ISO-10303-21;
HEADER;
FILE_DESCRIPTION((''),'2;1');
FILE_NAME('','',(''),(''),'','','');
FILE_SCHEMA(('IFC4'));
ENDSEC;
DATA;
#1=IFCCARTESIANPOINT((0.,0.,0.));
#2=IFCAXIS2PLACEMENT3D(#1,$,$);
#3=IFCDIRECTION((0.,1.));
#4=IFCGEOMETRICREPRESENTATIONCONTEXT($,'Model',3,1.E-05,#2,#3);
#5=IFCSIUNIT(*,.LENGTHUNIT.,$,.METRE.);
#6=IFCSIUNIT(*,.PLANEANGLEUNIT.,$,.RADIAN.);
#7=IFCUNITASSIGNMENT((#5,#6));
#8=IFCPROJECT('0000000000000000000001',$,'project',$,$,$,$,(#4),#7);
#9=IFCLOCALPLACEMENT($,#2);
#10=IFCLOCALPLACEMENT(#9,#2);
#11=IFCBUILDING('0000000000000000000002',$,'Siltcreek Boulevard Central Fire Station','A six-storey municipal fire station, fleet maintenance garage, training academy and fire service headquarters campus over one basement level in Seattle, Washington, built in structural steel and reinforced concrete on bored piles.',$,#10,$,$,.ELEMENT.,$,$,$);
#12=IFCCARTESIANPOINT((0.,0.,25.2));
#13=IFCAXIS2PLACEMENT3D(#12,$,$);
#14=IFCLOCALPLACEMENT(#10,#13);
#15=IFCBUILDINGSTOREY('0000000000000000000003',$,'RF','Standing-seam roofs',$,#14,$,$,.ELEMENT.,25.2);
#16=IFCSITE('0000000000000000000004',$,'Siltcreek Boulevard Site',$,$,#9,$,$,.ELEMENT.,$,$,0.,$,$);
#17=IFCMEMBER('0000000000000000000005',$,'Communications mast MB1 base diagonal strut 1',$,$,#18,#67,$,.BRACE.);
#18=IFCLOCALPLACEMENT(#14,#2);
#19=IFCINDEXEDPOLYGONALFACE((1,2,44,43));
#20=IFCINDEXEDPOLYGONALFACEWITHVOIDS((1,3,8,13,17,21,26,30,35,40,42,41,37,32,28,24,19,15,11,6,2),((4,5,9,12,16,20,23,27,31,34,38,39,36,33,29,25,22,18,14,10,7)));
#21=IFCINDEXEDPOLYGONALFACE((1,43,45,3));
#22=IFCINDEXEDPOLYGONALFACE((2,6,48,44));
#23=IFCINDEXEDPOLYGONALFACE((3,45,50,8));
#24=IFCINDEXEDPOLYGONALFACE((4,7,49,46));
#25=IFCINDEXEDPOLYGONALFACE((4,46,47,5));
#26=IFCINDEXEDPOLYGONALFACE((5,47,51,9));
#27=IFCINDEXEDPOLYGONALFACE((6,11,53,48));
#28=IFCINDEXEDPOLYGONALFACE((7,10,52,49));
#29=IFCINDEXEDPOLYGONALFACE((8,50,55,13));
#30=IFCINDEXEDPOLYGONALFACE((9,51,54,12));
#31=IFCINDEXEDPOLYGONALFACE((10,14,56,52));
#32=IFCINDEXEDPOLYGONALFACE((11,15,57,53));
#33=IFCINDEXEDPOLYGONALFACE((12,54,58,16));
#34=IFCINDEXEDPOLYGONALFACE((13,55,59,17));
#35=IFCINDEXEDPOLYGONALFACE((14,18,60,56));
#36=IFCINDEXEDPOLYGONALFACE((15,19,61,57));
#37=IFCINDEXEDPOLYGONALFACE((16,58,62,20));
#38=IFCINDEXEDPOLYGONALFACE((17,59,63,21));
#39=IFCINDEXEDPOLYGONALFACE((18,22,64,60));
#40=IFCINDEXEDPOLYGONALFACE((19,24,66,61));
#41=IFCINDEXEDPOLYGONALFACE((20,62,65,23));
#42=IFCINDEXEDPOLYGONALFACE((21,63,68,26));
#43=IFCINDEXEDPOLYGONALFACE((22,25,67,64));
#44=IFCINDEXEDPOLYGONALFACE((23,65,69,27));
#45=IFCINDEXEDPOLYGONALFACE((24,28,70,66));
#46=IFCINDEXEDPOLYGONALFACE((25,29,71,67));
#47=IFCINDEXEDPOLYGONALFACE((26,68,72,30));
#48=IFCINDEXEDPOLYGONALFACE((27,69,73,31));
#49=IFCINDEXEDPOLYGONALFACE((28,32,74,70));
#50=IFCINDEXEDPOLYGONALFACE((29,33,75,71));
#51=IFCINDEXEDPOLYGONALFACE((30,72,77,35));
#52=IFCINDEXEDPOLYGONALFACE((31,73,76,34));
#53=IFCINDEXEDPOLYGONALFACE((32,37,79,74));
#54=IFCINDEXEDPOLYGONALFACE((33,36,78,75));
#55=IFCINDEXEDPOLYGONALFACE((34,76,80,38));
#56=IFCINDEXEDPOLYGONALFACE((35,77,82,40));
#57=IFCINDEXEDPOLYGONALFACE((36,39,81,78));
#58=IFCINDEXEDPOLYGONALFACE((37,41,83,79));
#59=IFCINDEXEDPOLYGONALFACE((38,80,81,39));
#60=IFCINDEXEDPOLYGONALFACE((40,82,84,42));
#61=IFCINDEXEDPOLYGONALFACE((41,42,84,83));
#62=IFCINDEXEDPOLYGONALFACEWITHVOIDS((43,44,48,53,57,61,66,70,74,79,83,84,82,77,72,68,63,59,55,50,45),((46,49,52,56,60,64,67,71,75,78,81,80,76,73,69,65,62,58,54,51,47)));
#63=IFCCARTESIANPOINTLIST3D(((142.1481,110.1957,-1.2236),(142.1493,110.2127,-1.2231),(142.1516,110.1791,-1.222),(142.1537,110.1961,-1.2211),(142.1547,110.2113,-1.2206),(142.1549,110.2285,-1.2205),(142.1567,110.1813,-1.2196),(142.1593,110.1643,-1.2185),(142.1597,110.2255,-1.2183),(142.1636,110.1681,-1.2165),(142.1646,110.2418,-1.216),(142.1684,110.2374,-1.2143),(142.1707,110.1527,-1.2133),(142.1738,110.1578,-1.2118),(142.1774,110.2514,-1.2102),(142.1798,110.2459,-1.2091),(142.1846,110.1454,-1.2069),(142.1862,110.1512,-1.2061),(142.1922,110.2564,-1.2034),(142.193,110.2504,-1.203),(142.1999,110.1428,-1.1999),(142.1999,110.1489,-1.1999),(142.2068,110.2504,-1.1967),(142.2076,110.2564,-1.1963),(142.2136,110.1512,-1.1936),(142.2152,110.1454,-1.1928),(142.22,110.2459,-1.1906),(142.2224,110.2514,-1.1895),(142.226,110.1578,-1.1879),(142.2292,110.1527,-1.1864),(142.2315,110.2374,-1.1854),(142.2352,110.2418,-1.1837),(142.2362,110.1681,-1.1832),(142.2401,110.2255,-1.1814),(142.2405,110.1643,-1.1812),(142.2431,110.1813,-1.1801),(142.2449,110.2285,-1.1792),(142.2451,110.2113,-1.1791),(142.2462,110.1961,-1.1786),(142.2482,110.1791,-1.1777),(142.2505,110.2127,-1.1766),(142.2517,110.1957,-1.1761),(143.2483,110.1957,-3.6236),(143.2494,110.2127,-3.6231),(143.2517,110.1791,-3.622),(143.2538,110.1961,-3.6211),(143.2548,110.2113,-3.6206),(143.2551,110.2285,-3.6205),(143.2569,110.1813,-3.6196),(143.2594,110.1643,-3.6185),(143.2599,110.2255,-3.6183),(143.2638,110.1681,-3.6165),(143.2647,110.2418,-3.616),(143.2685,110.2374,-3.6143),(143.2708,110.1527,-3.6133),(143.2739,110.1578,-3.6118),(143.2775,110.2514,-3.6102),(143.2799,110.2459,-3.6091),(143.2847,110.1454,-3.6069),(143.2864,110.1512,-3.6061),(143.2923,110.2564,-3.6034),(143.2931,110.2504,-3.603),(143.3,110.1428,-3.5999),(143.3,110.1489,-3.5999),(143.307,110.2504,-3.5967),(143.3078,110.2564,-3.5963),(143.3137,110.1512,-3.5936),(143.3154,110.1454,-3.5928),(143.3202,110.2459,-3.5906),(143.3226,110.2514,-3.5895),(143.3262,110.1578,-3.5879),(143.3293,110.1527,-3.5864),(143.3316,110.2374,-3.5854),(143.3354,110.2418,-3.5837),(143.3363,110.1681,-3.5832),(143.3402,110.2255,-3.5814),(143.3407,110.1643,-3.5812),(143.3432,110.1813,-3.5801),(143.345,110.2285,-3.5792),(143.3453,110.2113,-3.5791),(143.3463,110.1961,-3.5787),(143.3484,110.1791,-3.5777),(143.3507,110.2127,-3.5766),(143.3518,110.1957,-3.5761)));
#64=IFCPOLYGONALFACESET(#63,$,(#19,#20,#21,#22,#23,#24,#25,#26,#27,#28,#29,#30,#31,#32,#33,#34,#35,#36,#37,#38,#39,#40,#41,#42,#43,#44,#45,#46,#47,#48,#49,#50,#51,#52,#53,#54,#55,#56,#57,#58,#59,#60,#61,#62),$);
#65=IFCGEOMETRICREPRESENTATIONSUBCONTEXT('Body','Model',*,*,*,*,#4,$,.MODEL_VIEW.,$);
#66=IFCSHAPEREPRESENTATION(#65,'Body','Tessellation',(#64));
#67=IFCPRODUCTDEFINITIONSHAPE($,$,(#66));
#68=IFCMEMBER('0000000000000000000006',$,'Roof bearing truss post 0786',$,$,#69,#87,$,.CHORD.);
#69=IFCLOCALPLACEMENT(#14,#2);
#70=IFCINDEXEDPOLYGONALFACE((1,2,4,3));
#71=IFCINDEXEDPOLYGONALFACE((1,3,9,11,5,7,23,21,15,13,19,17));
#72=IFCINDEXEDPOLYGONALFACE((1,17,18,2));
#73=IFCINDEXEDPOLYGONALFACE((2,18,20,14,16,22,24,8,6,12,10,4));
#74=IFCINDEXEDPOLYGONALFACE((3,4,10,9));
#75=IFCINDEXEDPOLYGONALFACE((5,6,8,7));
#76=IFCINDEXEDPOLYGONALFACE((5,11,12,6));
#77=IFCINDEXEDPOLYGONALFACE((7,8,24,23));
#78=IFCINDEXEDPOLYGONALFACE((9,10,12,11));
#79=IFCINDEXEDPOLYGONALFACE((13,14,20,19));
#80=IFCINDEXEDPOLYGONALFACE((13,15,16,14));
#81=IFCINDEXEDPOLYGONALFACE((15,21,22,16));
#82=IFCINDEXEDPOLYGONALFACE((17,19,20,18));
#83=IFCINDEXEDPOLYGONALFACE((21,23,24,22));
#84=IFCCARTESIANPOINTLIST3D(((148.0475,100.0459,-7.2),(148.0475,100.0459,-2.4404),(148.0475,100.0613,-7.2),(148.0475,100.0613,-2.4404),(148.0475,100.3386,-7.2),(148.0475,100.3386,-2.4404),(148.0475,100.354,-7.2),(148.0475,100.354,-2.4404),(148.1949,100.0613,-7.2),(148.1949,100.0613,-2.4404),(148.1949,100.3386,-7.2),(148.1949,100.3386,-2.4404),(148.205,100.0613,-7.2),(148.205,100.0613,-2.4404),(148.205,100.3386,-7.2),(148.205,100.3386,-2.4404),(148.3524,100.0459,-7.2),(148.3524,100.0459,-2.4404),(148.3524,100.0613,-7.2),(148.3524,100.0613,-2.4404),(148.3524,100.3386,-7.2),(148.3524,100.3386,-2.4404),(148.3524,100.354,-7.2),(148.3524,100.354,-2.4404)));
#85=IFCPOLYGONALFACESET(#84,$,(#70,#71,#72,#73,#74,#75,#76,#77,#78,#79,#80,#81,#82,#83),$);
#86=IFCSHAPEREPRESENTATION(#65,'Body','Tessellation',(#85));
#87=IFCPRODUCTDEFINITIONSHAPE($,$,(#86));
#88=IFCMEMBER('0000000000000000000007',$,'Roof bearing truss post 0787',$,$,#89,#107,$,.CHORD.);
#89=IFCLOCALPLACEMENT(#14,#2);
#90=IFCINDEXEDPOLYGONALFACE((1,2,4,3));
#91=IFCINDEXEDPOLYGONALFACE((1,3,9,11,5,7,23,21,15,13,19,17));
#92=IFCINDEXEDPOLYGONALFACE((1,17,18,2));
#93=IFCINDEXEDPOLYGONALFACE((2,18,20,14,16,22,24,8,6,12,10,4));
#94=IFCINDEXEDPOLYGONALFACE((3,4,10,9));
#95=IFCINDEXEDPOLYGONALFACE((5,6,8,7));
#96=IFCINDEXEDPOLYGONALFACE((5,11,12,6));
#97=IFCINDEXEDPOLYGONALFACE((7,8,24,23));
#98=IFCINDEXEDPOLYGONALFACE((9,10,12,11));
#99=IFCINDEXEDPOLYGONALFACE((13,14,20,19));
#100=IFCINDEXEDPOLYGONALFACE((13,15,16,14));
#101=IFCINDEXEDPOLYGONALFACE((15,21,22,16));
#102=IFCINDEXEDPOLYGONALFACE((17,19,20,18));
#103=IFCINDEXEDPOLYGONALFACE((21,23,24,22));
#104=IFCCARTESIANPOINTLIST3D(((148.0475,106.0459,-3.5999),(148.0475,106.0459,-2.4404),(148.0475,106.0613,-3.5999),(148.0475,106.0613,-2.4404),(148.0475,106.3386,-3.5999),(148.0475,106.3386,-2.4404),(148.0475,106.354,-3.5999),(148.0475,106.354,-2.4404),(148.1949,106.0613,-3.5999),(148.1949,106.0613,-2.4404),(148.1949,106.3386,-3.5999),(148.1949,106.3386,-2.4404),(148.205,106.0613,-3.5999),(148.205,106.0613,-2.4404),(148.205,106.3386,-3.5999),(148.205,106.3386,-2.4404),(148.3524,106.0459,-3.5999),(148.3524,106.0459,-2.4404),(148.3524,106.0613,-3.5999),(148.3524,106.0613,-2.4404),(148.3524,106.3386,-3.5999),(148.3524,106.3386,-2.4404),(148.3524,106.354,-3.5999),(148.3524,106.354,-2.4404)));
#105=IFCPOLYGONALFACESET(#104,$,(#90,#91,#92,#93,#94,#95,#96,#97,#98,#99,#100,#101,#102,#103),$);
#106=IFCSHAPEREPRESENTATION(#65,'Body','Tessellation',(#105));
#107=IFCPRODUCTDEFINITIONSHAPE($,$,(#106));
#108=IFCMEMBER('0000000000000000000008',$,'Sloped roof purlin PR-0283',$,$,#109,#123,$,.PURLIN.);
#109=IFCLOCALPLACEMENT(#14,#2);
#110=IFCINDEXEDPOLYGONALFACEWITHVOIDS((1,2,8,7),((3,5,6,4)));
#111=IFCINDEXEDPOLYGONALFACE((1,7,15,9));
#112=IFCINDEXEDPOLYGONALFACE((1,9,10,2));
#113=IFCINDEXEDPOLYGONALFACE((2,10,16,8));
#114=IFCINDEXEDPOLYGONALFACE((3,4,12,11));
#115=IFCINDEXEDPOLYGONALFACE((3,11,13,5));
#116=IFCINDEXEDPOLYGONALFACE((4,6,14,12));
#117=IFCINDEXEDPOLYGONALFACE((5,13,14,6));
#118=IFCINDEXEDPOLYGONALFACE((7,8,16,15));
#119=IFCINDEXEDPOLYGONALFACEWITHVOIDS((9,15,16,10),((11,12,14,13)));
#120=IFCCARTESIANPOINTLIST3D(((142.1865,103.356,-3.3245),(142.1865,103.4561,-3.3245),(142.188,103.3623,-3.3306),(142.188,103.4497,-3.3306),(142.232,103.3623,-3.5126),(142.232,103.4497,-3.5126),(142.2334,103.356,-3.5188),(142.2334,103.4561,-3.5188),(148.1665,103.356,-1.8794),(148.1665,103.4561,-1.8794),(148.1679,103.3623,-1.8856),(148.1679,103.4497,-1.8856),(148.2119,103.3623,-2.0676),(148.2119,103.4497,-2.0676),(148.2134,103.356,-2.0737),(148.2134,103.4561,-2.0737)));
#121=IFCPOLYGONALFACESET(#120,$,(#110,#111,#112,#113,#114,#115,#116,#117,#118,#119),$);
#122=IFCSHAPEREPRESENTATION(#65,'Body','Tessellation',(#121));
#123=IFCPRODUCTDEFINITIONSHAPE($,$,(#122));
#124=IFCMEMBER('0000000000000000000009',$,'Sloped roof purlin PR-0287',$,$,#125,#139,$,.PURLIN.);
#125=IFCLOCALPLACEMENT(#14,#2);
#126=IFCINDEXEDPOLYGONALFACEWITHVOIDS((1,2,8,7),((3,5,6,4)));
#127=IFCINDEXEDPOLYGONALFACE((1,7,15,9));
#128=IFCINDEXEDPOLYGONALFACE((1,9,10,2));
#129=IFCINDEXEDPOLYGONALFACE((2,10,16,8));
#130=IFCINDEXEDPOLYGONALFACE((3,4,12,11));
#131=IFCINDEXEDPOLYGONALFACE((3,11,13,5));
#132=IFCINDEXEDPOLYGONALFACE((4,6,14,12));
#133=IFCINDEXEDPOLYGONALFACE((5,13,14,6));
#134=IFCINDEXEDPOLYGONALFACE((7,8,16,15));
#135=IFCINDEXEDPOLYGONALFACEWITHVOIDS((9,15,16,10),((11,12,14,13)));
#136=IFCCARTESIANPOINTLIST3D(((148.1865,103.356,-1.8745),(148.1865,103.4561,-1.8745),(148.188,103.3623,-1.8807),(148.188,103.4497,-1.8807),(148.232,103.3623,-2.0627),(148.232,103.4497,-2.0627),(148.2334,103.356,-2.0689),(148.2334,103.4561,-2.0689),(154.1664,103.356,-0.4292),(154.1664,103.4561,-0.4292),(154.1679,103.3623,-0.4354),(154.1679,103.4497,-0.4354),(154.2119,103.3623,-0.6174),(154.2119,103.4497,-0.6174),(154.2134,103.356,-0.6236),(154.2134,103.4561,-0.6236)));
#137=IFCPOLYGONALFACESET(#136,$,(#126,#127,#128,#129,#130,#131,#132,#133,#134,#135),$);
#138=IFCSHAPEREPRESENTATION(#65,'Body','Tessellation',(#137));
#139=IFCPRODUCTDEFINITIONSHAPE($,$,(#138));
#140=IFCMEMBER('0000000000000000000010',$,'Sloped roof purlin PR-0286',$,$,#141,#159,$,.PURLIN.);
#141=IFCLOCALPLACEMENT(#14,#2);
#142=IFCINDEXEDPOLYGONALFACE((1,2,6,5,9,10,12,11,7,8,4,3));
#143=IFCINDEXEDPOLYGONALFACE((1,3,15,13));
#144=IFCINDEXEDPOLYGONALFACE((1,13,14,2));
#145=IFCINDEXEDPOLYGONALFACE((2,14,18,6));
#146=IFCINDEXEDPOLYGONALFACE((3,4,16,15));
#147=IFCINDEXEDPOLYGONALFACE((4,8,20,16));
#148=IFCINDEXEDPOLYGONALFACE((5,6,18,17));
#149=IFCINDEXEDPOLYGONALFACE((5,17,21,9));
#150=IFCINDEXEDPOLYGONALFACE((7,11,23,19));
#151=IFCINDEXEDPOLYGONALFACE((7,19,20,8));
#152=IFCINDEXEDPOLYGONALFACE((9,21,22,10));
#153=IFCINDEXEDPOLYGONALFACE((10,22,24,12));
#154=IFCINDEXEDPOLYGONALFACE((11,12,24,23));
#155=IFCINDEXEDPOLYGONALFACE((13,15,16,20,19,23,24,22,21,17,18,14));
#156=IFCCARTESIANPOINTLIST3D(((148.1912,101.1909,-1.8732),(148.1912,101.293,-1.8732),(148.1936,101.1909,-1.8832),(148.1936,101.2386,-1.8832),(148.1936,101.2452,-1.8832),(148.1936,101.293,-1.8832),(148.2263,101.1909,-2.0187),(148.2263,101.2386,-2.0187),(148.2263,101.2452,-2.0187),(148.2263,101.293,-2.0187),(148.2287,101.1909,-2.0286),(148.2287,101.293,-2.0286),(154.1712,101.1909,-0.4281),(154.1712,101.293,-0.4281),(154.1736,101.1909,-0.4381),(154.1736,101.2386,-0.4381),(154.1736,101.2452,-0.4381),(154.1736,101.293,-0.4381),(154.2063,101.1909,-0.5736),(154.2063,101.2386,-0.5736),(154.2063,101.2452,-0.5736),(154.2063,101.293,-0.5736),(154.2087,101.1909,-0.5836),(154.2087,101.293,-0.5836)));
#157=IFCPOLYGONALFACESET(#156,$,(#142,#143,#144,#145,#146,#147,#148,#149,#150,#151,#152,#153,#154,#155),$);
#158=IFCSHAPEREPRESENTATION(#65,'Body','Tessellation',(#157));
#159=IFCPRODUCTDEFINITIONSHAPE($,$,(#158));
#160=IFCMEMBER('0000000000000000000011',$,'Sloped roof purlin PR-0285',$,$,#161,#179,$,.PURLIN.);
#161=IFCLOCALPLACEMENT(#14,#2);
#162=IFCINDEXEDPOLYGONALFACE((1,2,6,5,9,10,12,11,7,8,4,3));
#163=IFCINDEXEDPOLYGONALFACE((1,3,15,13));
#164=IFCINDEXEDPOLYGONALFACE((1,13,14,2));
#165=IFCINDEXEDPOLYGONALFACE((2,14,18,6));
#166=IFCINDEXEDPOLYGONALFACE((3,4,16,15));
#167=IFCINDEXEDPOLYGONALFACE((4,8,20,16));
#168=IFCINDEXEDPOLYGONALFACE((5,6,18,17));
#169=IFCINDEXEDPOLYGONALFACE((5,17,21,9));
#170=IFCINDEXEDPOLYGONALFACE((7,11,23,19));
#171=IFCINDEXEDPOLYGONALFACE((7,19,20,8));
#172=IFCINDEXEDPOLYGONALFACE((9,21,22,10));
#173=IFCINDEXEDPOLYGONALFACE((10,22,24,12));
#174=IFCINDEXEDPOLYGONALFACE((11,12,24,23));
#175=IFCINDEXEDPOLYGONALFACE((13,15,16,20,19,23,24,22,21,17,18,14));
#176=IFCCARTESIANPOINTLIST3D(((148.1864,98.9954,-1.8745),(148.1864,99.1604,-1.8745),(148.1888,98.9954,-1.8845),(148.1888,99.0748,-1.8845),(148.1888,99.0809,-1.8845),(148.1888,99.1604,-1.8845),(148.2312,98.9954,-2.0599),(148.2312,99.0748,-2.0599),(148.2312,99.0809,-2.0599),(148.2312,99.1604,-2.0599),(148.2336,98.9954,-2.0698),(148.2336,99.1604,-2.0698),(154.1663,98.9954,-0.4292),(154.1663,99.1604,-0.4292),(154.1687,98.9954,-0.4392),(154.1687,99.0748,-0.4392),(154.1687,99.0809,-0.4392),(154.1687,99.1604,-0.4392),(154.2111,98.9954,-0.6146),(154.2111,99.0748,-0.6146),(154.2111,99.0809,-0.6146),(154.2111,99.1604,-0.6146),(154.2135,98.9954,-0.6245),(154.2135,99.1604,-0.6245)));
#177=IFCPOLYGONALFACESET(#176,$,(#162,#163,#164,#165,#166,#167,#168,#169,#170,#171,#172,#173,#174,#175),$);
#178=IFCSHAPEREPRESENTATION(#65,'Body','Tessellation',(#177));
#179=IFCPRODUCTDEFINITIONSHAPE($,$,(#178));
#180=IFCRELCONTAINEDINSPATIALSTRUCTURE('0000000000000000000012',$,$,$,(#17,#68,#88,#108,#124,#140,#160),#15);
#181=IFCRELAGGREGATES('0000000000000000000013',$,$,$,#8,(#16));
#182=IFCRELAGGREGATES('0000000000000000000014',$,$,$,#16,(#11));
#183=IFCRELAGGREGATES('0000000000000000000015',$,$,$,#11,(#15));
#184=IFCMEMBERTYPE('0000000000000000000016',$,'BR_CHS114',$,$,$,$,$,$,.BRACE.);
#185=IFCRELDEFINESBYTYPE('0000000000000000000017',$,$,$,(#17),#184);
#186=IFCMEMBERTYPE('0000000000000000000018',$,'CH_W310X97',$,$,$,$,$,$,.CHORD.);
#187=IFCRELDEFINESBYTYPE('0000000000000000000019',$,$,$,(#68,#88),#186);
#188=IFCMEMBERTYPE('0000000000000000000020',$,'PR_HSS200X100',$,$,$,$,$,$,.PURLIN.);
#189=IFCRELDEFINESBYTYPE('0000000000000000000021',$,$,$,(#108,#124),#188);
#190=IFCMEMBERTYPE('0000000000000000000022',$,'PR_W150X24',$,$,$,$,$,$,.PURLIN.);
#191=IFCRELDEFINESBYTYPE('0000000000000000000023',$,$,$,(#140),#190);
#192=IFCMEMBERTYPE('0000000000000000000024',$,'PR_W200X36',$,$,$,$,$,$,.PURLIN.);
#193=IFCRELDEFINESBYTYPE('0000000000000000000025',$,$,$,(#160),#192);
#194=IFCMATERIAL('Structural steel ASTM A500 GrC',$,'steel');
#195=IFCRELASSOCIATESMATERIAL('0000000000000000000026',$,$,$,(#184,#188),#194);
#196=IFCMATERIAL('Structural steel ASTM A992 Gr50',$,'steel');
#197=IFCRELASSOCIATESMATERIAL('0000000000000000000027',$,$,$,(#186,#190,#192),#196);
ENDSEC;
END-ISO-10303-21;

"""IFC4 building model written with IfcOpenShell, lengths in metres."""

from ifc_helpers import new_model, si_unit, direction, frame, origin, origin_2d, place, context, subcontext, project, spatial, hollow_rectangle, hollow_circle, i_section, extrude, material, material_profile, profile_set, type_object, element, save


model = new_model("IFC4")

# Units and contexts
model_context = context("Model", 3, precision=1e-05, world=origin(), true_north=direction((0.0, 1.0)))
body_context = subcontext(model_context, "Body", "Model", "MODEL_VIEW")
ifc_project = project(units=[si_unit("LENGTHUNIT", "METRE"), si_unit("PLANEANGLEUNIT", "RADIAN")], contexts=[model_context])

# Site, building, storey
site_placement = place(None, origin())
site = spatial("IfcSite", under=ifc_project, at=site_placement, Name="Siltcreek Boulevard Site", CompositionType="ELEMENT", RefElevation=0.0)
building_placement = place(site_placement, origin())
building = spatial("IfcBuilding", under=site, at=building_placement, Name="Siltcreek Boulevard Central Fire Station", Description="A six-storey municipal fire station, fleet maintenance garage, training academy and fire service headquarters campus over one basement level in Seattle, Washington, built in structural steel and reinforced concrete on bored piles.", CompositionType="ELEMENT")
storey_placement = place(building_placement, frame((0.0, 0.0, 25.2)))
storey = spatial("IfcBuildingStorey", under=building, at=storey_placement, Name="RF", Description="Standing-seam roofs", CompositionType="ELEMENT", Elevation=25.2)

# Members
ifc_material_1 = material(Name="Structural steel ASTM A500 GrC", Category="steel")
ifc_material_profile_1 = material_profile(ifc_material_1, hollow_circle(Radius=0.0571, WallThickness=0.0061, at=origin_2d()), Name="HSS114.3X6.0")
ifc_profile_set_1 = profile_set([ifc_material_profile_1], Name="Structural steel ASTM A500 GrC")
member_type_1 = type_object("IfcMemberType", Name="BR_CHS114", PredefinedType="BRACE", material=ifc_profile_set_1)
member_1_placement = place(storey_placement, frame((143.3, 110.2, -3.5999), z_axis=(-0.416699, 0.0, 0.909044), x_axis=(0.0, -1.0, 0.0)))
element("IfcMember", 1, at=member_1_placement, inside=storey, type_object=member_type_1, Name="Communications mast MB1 base diagonal strut 1", PredefinedType="BRACE", context=body_context, shape_type="SweptSolid", body=[
    extrude(hollow_circle(Radius=0.0571, WallThickness=0.0061, at=origin_2d()), origin(), (0.0, 0.0, 1.0), 2.6401),
])
ifc_material_2 = material(Name="Structural steel ASTM A992 Gr50", Category="steel")
ifc_material_profile_2 = material_profile(ifc_material_2, i_section(OverallWidth=0.3049, OverallDepth=0.3081, WebThickness=0.01, FlangeThickness=0.0154, at=origin_2d()), Name="W310X97")
ifc_profile_set_2 = profile_set([ifc_material_profile_2], Name="Structural steel ASTM A992 Gr50")
member_type_2 = type_object("IfcMemberType", Name="CH_W310X97", PredefinedType="CHORD", material=ifc_profile_set_2)
member_2_placement = place(storey_placement, frame((148.2, 100.2, -7.2), z_axis=(0.0, 0.0, 1.0), x_axis=(1.0, 0.0, 0.0)))
element("IfcMember", 2, at=member_2_placement, inside=storey, type_object=member_type_2, Name="Roof bearing truss post 0786", PredefinedType="CHORD", context=body_context, shape_type="SweptSolid", body=[
    extrude(i_section(OverallWidth=0.3049, OverallDepth=0.3081, WebThickness=0.01, FlangeThickness=0.0154, at=origin_2d()), origin(), (0.0, 0.0, 1.0), 4.7595),
])
member_3_placement = place(storey_placement, frame((148.2, 106.2, -3.5999), z_axis=(0.0, 0.0, 1.0), x_axis=(1.0, 0.0, 0.0)))
element("IfcMember", 3, at=member_3_placement, inside=storey, type_object=member_type_2, Name="Roof bearing truss post 0787", PredefinedType="CHORD", context=body_context, shape_type="SweptSolid", body=[
    extrude(i_section(OverallWidth=0.3049, OverallDepth=0.3081, WebThickness=0.01, FlangeThickness=0.0154, at=origin_2d()), origin(), (0.0, 0.0, 1.0), 1.1594),
])
ifc_material_profile_3 = material_profile(ifc_material_1, hollow_rectangle(XDim=0.1001, YDim=0.2, WallThickness=0.0063, at=origin_2d()), Name="HSS200X100X6.4")
ifc_profile_set_3 = profile_set([ifc_material_profile_3], Name="Structural steel ASTM A500 GrC")
member_type_3 = type_object("IfcMemberType", Name="PR_HSS200X100", PredefinedType="PURLIN", material=ifc_profile_set_3)
for number, where, z_axis, x_axis, name in (
    (4, (142.21, 103.406, -3.4216), (0.972022, 0.0, 0.23489), (0.0, 1.0, 0.0), "Sloped roof purlin PR-0283"),
    (5, (148.21, 103.406, -1.9717), (0.972013, 0.0, 0.234928), (0.0, 1.0, 0.0), "Sloped roof purlin PR-0287"),
):
    element("IfcMember", number, at=place(storey_placement, frame(where, z_axis=z_axis, x_axis=x_axis)), inside=storey, type_object=member_type_3, Name=name, PredefinedType="PURLIN", context=body_context, shape_type="SweptSolid", body=[
        extrude(hollow_rectangle(XDim=0.1001, YDim=0.2, WallThickness=0.0063, at=origin_2d()), origin(), (0.0, 0.0, 1.0), 6.1521),
    ])
ifc_material_profile_4 = material_profile(ifc_material_2, i_section(OverallWidth=0.1021, OverallDepth=0.1599, WebThickness=0.0066, FlangeThickness=0.0103, at=origin_2d()), Name="W150X24")
ifc_profile_set_4 = profile_set([ifc_material_profile_4], Name="Structural steel ASTM A992 Gr50")
member_type_4 = type_object("IfcMemberType", Name="PR_W150X24", PredefinedType="PURLIN", material=ifc_profile_set_4)
member_4_placement = place(storey_placement, frame((148.21, 101.2419, -1.9509), z_axis=(0.972022, 0.0, 0.23489), x_axis=(0.0, 1.0, 0.0)))
element("IfcMember", 6, at=member_4_placement, inside=storey, type_object=member_type_4, Name="Sloped roof purlin PR-0286", PredefinedType="PURLIN", context=body_context, shape_type="SweptSolid", body=[
    extrude(i_section(OverallWidth=0.1021, OverallDepth=0.1599, WebThickness=0.0066, FlangeThickness=0.0103, at=origin_2d()), origin(), (0.0, 0.0, 1.0), 6.1521),
])
ifc_material_profile_5 = material_profile(ifc_material_2, i_section(OverallWidth=0.165, OverallDepth=0.2009, WebThickness=0.0061, FlangeThickness=0.0103, at=origin_2d()), Name="W200X36")
ifc_profile_set_5 = profile_set([ifc_material_profile_5], Name="Structural steel ASTM A992 Gr50")
member_type_5 = type_object("IfcMemberType", Name="PR_W200X36", PredefinedType="PURLIN", material=ifc_profile_set_5)
member_5_placement = place(storey_placement, frame((148.21, 99.0779, -1.9722), z_axis=(0.972013, 0.0, 0.234928), x_axis=(0.0, 1.0, 0.0)))
element("IfcMember", 7, at=member_5_placement, inside=storey, type_object=member_type_5, Name="Sloped roof purlin PR-0285", PredefinedType="PURLIN", context=body_context, shape_type="SweptSolid", body=[
    extrude(i_section(OverallWidth=0.165, OverallDepth=0.2009, WebThickness=0.0061, FlangeThickness=0.0103, at=origin_2d()), origin(), (0.0, 0.0, 1.0), 6.1521),
])

save(model, "model.ifc")
